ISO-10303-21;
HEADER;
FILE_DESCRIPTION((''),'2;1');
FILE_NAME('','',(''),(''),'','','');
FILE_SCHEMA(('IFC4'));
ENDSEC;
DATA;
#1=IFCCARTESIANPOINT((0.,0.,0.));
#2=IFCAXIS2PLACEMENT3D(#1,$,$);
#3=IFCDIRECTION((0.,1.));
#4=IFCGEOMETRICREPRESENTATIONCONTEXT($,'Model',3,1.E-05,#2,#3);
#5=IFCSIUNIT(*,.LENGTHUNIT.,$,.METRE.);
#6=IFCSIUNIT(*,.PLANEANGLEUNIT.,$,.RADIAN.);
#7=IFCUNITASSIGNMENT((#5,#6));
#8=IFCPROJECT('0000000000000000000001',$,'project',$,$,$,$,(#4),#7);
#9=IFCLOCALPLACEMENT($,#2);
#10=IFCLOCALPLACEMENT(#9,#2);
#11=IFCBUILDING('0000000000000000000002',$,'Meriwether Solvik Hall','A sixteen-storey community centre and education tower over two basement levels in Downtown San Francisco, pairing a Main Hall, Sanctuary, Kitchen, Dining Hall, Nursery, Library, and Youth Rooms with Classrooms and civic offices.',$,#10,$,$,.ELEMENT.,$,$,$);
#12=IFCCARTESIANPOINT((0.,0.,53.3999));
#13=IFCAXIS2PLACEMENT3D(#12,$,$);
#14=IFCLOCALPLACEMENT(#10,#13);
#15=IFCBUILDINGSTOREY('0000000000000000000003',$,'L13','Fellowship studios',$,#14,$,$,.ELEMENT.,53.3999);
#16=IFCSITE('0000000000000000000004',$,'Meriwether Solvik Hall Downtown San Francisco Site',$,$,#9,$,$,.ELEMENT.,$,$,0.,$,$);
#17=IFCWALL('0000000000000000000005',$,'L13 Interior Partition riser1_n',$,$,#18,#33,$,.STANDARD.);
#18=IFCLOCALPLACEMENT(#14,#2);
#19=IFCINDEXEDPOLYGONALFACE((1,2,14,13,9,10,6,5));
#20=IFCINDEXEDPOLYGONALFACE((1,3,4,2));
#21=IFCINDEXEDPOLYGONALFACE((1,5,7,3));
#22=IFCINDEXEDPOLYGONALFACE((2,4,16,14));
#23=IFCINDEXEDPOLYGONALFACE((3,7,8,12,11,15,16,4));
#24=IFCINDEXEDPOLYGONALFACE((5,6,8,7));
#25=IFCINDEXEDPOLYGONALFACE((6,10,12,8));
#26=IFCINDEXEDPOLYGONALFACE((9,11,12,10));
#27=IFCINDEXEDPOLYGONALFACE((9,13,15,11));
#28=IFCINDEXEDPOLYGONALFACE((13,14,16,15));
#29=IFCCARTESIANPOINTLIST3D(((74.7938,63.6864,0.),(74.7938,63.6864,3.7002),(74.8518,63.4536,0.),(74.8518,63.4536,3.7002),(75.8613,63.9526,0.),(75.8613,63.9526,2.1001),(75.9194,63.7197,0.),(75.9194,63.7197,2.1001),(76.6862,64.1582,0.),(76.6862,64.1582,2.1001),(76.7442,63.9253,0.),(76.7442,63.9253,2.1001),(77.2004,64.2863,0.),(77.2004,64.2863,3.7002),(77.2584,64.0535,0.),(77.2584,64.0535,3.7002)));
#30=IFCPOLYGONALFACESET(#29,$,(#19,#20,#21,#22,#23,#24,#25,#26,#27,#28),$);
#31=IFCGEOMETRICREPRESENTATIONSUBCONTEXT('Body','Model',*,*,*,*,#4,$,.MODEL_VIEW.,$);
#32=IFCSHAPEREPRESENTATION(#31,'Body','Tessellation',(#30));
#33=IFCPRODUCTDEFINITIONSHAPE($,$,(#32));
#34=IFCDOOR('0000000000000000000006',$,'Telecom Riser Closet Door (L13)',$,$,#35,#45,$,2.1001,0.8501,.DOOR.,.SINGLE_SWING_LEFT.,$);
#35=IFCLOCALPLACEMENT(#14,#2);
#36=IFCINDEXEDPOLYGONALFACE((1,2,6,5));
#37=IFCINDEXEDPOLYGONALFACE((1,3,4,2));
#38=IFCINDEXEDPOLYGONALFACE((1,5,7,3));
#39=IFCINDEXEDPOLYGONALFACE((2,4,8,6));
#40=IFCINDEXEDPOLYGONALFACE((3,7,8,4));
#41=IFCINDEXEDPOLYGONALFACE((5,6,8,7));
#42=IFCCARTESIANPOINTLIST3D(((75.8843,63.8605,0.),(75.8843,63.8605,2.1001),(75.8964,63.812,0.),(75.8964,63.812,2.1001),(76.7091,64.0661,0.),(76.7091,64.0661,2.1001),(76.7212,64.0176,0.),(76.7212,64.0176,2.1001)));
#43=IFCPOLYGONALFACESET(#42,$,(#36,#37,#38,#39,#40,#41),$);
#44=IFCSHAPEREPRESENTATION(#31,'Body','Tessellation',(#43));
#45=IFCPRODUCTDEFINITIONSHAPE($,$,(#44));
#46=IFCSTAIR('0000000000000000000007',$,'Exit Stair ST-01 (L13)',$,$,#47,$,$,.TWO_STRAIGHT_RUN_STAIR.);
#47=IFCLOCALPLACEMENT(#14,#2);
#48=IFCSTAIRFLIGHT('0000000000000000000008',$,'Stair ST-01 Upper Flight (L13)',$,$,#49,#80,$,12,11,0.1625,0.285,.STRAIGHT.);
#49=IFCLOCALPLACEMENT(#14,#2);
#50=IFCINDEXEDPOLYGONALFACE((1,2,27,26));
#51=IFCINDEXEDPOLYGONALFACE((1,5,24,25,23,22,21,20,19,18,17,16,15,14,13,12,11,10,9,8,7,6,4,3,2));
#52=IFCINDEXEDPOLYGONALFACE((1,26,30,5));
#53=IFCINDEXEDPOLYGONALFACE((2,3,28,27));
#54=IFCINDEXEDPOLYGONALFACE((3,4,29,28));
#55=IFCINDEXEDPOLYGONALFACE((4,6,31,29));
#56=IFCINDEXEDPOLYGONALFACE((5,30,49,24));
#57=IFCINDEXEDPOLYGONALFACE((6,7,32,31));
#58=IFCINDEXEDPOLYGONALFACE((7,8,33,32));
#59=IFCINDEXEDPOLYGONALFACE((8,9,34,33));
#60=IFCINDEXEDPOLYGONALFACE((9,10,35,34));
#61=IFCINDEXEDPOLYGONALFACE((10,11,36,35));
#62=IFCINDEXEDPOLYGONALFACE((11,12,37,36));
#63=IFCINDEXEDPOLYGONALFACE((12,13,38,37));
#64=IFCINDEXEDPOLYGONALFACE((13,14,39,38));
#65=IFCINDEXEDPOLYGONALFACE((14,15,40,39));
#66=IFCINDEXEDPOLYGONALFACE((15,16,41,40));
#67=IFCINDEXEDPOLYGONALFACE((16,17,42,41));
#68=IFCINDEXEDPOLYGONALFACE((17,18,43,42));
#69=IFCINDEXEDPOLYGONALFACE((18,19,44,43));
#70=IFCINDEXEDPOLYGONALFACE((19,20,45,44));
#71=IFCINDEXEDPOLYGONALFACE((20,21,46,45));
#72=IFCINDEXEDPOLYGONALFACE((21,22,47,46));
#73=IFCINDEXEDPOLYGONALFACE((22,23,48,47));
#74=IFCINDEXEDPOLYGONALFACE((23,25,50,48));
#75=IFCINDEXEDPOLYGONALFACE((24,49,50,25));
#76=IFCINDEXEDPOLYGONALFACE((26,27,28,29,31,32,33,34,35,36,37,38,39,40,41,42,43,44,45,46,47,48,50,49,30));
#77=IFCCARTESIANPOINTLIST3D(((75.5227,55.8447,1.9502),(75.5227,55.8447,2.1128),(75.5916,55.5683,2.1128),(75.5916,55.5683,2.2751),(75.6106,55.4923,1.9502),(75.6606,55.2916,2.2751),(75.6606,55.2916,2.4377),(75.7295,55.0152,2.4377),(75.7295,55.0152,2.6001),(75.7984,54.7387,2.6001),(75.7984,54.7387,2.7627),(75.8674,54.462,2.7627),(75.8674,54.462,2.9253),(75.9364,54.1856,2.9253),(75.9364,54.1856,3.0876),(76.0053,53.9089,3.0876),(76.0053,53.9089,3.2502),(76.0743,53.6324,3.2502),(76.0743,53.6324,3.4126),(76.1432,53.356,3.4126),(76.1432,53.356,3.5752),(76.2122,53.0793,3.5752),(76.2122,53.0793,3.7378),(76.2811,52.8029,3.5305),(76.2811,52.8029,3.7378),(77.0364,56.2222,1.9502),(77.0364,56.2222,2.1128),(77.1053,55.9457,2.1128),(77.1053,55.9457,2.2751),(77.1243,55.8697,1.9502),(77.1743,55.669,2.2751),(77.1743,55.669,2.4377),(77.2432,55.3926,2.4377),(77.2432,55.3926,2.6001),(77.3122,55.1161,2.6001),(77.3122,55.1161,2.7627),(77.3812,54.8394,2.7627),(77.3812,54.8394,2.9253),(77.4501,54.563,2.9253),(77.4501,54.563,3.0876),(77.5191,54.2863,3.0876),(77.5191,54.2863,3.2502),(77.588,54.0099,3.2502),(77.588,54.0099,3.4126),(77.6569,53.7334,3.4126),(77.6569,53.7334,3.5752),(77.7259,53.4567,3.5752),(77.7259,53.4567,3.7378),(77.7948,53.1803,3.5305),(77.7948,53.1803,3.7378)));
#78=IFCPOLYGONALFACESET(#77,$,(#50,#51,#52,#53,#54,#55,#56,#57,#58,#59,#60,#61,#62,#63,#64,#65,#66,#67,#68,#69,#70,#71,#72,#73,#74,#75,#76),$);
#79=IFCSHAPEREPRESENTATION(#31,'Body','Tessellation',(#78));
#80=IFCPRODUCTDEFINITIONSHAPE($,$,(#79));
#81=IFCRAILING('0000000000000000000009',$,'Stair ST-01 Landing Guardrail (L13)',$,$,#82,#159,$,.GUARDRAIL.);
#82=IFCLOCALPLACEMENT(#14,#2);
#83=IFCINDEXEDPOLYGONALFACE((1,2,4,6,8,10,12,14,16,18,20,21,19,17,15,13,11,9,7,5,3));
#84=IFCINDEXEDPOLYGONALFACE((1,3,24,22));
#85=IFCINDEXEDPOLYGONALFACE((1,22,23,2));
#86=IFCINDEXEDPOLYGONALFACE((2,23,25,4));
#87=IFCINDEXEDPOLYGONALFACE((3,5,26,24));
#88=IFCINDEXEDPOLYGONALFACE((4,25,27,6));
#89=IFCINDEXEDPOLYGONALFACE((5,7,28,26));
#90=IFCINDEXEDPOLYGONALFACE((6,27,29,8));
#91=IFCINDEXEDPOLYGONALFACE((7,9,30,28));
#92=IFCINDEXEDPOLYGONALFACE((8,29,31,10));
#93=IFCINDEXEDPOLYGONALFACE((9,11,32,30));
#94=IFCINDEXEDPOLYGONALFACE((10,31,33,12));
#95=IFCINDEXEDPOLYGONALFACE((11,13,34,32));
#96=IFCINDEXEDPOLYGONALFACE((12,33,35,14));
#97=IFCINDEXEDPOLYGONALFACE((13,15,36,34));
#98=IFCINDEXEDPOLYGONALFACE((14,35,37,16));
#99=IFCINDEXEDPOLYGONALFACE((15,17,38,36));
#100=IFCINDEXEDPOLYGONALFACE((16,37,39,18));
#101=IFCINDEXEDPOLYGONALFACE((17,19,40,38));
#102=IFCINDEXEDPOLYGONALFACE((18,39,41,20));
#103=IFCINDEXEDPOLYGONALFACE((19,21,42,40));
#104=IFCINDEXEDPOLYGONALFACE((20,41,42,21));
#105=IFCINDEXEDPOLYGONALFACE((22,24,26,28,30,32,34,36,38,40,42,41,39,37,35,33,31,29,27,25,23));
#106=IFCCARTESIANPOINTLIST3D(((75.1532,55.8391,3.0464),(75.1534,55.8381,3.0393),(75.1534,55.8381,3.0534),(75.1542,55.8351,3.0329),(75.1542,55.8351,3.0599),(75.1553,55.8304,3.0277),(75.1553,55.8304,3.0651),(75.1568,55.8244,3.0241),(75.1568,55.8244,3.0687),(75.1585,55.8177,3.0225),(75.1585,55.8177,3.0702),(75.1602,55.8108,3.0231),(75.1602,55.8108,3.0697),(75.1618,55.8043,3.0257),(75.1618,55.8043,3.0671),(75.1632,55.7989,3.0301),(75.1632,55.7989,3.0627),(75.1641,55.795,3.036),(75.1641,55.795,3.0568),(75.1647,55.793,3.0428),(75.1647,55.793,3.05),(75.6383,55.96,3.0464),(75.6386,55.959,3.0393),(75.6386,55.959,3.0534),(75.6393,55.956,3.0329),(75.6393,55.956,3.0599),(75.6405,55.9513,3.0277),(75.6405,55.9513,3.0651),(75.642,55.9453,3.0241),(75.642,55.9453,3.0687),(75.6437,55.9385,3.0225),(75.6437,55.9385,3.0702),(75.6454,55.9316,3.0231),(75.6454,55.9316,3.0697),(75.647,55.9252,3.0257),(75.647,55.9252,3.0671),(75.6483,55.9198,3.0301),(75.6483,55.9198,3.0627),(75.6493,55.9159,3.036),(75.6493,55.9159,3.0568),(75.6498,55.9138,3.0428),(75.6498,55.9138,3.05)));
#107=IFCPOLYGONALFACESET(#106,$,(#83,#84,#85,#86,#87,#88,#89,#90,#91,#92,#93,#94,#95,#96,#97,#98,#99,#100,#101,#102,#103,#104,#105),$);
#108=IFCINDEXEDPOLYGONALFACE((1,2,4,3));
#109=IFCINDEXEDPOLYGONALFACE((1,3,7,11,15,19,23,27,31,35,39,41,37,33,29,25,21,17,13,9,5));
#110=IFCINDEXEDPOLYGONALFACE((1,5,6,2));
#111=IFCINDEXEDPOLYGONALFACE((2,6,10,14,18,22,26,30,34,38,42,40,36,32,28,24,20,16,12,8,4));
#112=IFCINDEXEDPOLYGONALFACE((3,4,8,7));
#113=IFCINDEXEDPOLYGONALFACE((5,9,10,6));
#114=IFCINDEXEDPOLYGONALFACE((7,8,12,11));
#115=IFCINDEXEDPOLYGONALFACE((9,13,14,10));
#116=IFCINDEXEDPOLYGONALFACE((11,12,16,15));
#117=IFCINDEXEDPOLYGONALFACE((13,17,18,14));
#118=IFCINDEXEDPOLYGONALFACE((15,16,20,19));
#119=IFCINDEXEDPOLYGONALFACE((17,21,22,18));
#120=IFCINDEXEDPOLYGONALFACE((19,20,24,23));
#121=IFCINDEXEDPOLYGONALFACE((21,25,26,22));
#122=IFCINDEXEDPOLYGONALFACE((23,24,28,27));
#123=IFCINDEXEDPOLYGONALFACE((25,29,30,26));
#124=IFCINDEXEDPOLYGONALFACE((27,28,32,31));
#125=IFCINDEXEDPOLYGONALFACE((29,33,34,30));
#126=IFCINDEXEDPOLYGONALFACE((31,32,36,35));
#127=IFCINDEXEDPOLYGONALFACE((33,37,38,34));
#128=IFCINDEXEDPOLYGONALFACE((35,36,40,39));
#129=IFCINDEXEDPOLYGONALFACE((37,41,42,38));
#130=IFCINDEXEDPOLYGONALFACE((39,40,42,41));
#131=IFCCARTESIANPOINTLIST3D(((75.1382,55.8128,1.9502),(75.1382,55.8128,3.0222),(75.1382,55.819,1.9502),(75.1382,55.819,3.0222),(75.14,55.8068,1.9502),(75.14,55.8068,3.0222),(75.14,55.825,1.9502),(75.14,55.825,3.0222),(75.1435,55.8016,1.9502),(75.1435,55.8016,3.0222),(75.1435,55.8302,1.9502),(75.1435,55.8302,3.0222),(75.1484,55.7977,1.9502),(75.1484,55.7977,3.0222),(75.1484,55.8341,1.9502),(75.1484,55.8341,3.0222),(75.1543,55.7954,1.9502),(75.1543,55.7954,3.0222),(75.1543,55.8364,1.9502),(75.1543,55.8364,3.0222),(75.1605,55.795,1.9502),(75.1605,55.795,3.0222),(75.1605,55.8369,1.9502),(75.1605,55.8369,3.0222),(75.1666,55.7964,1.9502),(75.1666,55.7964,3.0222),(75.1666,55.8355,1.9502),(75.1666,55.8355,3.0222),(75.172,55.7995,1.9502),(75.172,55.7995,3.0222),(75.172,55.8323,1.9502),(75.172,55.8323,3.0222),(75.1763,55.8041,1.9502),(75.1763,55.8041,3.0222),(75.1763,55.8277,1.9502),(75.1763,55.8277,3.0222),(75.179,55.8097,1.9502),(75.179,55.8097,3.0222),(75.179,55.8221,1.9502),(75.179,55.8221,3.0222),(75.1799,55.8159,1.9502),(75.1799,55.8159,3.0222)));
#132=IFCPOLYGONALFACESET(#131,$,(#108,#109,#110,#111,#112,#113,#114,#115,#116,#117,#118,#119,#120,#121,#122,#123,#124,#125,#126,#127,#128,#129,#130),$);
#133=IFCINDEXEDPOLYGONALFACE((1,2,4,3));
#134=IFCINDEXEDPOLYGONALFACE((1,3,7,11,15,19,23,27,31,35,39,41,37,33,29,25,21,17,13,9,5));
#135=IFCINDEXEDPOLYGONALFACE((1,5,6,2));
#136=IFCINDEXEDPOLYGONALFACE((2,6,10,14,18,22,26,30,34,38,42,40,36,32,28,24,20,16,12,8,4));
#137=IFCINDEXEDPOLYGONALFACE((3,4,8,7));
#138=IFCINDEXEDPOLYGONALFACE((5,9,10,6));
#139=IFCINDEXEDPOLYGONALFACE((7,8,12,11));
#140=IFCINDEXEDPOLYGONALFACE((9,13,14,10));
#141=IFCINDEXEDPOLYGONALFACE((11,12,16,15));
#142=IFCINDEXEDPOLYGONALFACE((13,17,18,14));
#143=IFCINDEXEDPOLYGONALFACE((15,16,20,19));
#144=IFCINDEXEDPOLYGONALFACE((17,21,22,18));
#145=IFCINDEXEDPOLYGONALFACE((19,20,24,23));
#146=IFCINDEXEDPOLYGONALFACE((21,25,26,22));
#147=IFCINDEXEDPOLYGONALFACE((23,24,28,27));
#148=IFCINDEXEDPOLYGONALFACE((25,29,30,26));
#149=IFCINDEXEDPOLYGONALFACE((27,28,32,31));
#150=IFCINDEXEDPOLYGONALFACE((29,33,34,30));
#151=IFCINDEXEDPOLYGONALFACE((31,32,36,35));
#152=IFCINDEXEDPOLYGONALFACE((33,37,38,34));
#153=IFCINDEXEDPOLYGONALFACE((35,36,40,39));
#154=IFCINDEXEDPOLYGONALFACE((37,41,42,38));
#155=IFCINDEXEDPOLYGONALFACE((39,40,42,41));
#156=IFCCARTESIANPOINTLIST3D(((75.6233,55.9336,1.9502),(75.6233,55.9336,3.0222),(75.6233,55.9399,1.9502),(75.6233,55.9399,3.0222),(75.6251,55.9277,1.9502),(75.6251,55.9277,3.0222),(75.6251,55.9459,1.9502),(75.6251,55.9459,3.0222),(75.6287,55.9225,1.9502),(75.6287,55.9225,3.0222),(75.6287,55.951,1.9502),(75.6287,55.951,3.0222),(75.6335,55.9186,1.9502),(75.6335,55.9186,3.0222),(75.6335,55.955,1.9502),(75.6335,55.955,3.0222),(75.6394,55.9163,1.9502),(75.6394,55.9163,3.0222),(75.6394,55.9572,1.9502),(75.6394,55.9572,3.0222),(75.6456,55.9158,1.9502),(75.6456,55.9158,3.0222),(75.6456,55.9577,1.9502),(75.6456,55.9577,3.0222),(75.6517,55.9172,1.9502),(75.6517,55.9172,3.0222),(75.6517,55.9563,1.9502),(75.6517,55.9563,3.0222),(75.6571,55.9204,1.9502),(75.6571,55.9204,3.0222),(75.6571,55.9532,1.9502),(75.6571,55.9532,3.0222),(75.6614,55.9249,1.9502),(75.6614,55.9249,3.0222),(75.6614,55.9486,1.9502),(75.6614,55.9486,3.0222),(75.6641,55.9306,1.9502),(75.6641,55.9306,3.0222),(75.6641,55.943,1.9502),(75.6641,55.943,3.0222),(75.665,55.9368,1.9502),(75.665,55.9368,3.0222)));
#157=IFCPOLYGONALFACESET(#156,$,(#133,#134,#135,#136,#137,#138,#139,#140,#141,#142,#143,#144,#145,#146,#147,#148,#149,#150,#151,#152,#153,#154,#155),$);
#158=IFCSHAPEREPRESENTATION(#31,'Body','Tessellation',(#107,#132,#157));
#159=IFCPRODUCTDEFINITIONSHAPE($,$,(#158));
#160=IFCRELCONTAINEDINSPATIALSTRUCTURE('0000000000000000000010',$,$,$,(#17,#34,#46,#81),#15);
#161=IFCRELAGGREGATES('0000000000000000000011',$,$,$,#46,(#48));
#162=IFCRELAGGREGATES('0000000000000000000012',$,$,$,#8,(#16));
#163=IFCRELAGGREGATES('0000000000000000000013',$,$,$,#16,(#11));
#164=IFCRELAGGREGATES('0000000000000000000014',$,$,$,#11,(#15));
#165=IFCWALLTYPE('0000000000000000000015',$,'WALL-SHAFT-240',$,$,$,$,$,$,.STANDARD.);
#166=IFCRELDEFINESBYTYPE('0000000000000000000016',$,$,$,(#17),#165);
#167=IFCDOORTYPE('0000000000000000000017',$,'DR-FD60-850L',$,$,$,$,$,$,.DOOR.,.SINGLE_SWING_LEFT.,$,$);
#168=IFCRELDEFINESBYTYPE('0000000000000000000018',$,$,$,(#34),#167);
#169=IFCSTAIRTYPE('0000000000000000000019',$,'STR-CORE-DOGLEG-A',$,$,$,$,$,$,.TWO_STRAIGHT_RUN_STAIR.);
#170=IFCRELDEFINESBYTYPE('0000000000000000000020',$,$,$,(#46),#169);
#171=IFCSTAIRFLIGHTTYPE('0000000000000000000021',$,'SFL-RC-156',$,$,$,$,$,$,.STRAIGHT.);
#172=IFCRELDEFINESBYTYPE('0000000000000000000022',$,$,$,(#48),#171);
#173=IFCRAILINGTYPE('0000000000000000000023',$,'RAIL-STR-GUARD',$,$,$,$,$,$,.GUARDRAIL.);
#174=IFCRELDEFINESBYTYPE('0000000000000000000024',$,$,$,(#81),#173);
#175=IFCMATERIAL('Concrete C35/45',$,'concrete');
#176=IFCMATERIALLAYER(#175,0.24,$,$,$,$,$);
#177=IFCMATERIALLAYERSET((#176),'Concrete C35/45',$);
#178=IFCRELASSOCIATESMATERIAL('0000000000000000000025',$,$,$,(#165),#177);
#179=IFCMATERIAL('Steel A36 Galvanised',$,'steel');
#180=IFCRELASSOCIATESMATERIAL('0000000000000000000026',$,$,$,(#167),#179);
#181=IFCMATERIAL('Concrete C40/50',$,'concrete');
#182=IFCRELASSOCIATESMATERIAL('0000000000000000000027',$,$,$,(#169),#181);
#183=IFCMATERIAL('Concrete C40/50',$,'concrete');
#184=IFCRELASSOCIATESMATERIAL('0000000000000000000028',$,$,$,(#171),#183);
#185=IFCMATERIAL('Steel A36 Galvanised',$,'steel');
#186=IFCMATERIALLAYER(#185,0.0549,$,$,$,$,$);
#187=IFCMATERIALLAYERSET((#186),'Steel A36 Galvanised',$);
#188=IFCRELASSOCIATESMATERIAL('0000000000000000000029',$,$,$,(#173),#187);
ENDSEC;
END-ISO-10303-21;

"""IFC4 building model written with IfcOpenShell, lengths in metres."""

from ifc_helpers import new_model, si_unit, direction, frame, frame_2d, origin, origin_2d, place, context, subcontext, project, spatial, polyline, rectangle, circle, outline, extrude, material, layer, layer_set, type_object, element, fill, aggregate, save


model = new_model("IFC4")

# Units and contexts
model_context = context("Model", 3, precision=1e-05, world=origin(), true_north=direction((0.0, 1.0)))
body_context = subcontext(model_context, "Body", "Model", "MODEL_VIEW")
ifc_project = project(units=[si_unit("LENGTHUNIT", "METRE"), si_unit("PLANEANGLEUNIT", "RADIAN")], contexts=[model_context])

# Site, building, storey
site_placement = place(None, origin())
site = spatial("IfcSite", under=ifc_project, at=site_placement, Name="Meriwether Solvik Hall Downtown San Francisco Site", CompositionType="ELEMENT", RefElevation=0.0)
building_placement = place(site_placement, origin())
building = spatial("IfcBuilding", under=site, at=building_placement, Name="Meriwether Solvik Hall", Description="A sixteen-storey community centre and education tower over two basement levels in Downtown San Francisco, pairing a Main Hall, Sanctuary, Kitchen, Dining Hall, Nursery, Library, and Youth Rooms with Classrooms and civic offices.", CompositionType="ELEMENT")
storey_placement = place(building_placement, frame((0.0, 0.0, 53.3999)))
storey = spatial("IfcBuildingStorey", under=building, at=storey_placement, Name="L13", Description="Fellowship studios", CompositionType="ELEMENT", Elevation=53.3999)

# Shared definitions
ifc_material_1 = material(Name="Concrete C35/45", Category="concrete")
ifc_layer_1 = layer(ifc_material_1, 0.24)
ifc_layer_set_1 = layer_set([ifc_layer_1], Name="Concrete C35/45")
wall_type_1 = type_object("IfcWallType", Name="WALL-SHAFT-240", PredefinedType="STANDARD", material=ifc_layer_set_1)

# Wall, opening, door
wall_1_placement = place(storey_placement, frame((77.2295, 64.1699, 0.0), z_axis=(0.0, 0.0, 1.0), x_axis=(-0.97031, -0.241864, 0.0)))
wall_1 = element("IfcWall", 1, at=wall_1_placement, inside=storey, type_object=wall_type_1, Name="L13 Interior Partition riser1_n", PredefinedType="STANDARD", context=body_context, shape_type="SweptSolid", body=[
    extrude(rectangle(XDim=2.4802, YDim=0.24, at=frame_2d((1.2402, 0.0))), origin(), (0.0, 0.0, 1.0), 3.7002),
])
opening_1_placement = place(wall_1_placement, frame((0.53, 0.0, 0.0)))
opening_1 = element("IfcOpeningElement", 2, at=opening_1_placement, cuts=wall_1, PredefinedType="OPENING", context=body_context, shape_type="SweptSolid", body=[
    extrude(rectangle(XDim=0.8501, YDim=2.1001, at=frame_2d((0.425, 1.05))), frame((0.0, 0.1318, 0.0), z_axis=(0.0, -1.0, 0.0), x_axis=(1.0, 0.0, 0.0)), (0.0, 0.0, 1.0), 0.2639),
])
ifc_material_2 = material(Name="Steel A36 Galvanised", Category="steel")
door_type_1 = type_object("IfcDoorType", Name="DR-FD60-850L", OperationType="SINGLE_SWING_LEFT", PredefinedType="DOOR", material=ifc_material_2)
door_1_placement = place(opening_1_placement, origin())
door_1 = element("IfcDoor", 3, at=door_1_placement, inside=storey, type_object=door_type_1, Name="Telecom Riser Closet Door (L13)", OperationType="SINGLE_SWING_LEFT", OverallHeight=2.1001, OverallWidth=0.8501, PredefinedType="DOOR", context=body_context, shape_type="SweptSolid", body=[
    extrude(rectangle(XDim=0.8501, YDim=2.1001, at=frame_2d((0.425, 1.05))), frame((0.0, 0.0249, 0.0), z_axis=(0.0, -1.0, 0.0), x_axis=(1.0, 0.0, 0.0)), (0.0, 0.0, 1.0), 0.05),
])
fill(opening_1, door_1)

# Stair, stair flight
ifc_material_3 = material(Name="Concrete C40/50", Category="concrete")
stair_type = type_object("IfcStairType", Name="STR-CORE-DOGLEG-A", PredefinedType="TWO_STRAIGHT_RUN_STAIR", material=ifc_material_3)
stair_placement = place(storey_placement, origin())
stair = element("IfcStair", 4, at=stair_placement, inside=storey, type_object=stair_type, Name="Exit Stair ST-01 (L13)", PredefinedType="TWO_STRAIGHT_RUN_STAIR")
ifc_material_4 = material(Name="Concrete C40/50", Category="concrete")
stair_flight_type = type_object("IfcStairFlightType", Name="SFL-RC-156", PredefinedType="STRAIGHT", material=ifc_material_4)
stair_flight_placement = place(storey_placement, frame((76.2795, 56.0334, 1.9502), z_axis=(0.0, 0.0, 1.0), x_axis=(0.241922, -0.970296, 0.0)))
stair_flight = element("IfcStairFlight", 5, at=stair_flight_placement, type_object=stair_flight_type, Name="Stair ST-01 Upper Flight (L13)", NumberOfRisers=12, NumberOfTreads=11, PredefinedType="STRAIGHT", RiserHeight=0.1625, TreadLength=0.285, context=body_context, shape_type="SweptSolid", body=[
    extrude(outline(polyline([(0.0, 0.0), (0.0, 0.1626), (0.2849, 0.1626), (0.2849, 0.325), (0.5701, 0.325), (0.5701, 0.4875), (0.855, 0.4875), (0.855, 0.6499), (1.1399, 0.6499), (1.1399, 0.8125), (1.425, 0.8125), (1.425, 0.9751), (1.71, 0.9751), (1.71, 1.1375), (1.9951, 1.1375), (1.9951, 1.3), (2.28, 1.3), (2.28, 1.4624), (2.5649, 1.4624), (2.5649, 1.625), (2.8501, 1.625), (2.8501, 1.7876), (3.135, 1.7876), (3.135, 1.95), (3.135, 1.5803), (0.3633, 0.0), (0.0, 0.0)])), frame((0.0, 0.78, 0.0), z_axis=(0.0, -1.0, 0.0), x_axis=(1.0, 0.0, 0.0)), (0.0, 0.0, 1.0), 1.5601),
])
aggregate(stair, [stair_flight])

# Railing
ifc_material_5 = material(Name="Steel A36 Galvanised", Category="steel")
ifc_layer_2 = layer(ifc_material_5, 0.0549)
ifc_layer_set_2 = layer_set([ifc_layer_2], Name="Steel A36 Galvanised")
railing_type_1 = type_object("IfcRailingType", Name="RAIL-STR-GUARD", PredefinedType="GUARDRAIL", material=ifc_layer_set_2)
railing_1_placement = place(storey_placement, frame((75.1589, 55.8159, 1.9502)))
element("IfcRailing", 6, at=railing_1_placement, inside=storey, type_object=railing_type_1, Name="Stair ST-01 Landing Guardrail (L13)", PredefinedType="GUARDRAIL", context=body_context, shape_type="SweptSolid", body=[
    extrude(circle(Radius=0.0239, at=origin_2d()), frame((0.0, 0.0, 1.0962), z_axis=(0.970343, 0.241731, 0.0), x_axis=(-0.241731, 0.970343, 0.0)), (0.0, 0.0, 1.0), 0.5),
    extrude(circle(Radius=0.021, at=origin_2d()), origin(), (0.0, 0.0, 1.0), 1.072),
    extrude(circle(Radius=0.021, at=origin_2d()), frame((0.4851, 0.1208, 0.0)), (0.0, 0.0, 1.0), 1.072),
])

save(model, "model.ifc")
